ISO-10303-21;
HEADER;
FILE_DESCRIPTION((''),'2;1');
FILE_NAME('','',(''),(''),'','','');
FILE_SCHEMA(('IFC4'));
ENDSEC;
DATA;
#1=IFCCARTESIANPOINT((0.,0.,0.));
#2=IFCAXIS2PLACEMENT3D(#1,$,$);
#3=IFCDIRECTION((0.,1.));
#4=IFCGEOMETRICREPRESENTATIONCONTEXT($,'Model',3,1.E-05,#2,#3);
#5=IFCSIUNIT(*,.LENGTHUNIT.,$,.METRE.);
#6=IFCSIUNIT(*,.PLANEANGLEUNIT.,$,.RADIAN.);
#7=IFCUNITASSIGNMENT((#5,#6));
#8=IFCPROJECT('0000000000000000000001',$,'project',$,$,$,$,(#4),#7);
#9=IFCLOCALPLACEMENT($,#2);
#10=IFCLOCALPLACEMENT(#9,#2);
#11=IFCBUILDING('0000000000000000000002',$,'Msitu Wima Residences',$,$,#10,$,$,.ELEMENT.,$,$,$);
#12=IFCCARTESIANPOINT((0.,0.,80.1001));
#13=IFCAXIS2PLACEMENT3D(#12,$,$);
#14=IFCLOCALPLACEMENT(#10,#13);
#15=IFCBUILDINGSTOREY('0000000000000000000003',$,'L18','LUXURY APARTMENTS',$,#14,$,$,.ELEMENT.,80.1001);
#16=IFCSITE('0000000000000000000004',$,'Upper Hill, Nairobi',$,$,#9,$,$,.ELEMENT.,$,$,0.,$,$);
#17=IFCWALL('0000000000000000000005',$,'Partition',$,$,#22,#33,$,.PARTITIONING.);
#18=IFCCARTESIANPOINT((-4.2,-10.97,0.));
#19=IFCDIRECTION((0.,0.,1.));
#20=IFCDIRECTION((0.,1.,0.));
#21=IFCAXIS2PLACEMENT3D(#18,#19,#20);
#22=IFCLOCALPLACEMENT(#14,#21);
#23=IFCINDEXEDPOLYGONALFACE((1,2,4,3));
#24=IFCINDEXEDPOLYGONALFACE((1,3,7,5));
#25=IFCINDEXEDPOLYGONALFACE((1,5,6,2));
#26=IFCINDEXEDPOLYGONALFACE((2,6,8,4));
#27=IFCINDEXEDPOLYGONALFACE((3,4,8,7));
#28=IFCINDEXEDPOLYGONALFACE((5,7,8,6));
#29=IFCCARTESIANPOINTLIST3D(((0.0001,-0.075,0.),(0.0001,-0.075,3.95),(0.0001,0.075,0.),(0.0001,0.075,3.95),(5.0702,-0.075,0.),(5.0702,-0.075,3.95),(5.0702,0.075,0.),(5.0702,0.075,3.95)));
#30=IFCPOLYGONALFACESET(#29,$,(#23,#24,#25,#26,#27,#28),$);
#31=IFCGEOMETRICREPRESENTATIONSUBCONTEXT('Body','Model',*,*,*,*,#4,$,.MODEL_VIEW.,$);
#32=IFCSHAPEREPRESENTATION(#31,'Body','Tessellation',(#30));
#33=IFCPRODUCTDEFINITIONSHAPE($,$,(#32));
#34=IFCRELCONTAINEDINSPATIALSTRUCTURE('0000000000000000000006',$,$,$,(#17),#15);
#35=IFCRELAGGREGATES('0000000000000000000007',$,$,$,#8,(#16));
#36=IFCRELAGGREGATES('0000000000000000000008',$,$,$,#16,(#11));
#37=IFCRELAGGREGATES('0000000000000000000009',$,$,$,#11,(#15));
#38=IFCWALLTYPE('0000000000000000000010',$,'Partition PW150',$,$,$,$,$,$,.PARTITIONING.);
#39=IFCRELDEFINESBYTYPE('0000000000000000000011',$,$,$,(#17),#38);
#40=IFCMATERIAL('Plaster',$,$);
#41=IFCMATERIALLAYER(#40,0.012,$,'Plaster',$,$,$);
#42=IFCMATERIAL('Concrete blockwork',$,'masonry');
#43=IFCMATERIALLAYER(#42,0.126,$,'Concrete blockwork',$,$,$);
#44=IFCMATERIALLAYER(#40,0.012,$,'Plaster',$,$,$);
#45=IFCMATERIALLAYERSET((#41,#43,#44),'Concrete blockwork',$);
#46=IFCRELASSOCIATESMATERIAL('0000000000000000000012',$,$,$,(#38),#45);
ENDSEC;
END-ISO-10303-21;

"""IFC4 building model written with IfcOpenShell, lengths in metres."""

from ifc_helpers import new_model, si_unit, direction, frame, frame_2d, origin, place, context, subcontext, project, spatial, rectangle, extrude, material, layer, layer_set, type_object, element, save


model = new_model("IFC4")

# Units and contexts
model_context = context("Model", 3, precision=1e-05, world=origin(), true_north=direction((0.0, 1.0)))
body_context = subcontext(model_context, "Body", "Model", "MODEL_VIEW")
ifc_project = project(units=[si_unit("LENGTHUNIT", "METRE"), si_unit("PLANEANGLEUNIT", "RADIAN")], contexts=[model_context])

# Site, building, storey
site_placement = place(None, origin())
site = spatial("IfcSite", under=ifc_project, at=site_placement, Name="Upper Hill, Nairobi", CompositionType="ELEMENT", RefElevation=0.0)
building_placement = place(site_placement, origin())
building = spatial("IfcBuilding", under=site, at=building_placement, Name="Msitu Wima Residences", CompositionType="ELEMENT")
storey_placement = place(building_placement, frame((0.0, 0.0, 80.1001)))
storey = spatial("IfcBuildingStorey", under=building, at=storey_placement, Name="L18", Description="LUXURY APARTMENTS", CompositionType="ELEMENT", Elevation=80.1001)

# Wall
ifc_material_1 = material(Name="Plaster")
ifc_layer_1 = layer(ifc_material_1, 0.012, Name="Plaster")
ifc_material_2 = material(Name="Concrete blockwork", Category="masonry")
ifc_layer_2 = layer(ifc_material_2, 0.126, Name="Concrete blockwork")
ifc_layer_3 = layer(ifc_material_1, 0.012, Name="Plaster")
ifc_layer_set_1 = layer_set([ifc_layer_1, ifc_layer_2, ifc_layer_3], Name="Concrete blockwork")
wall_type_1 = type_object("IfcWallType", Name="Partition PW150", PredefinedType="PARTITIONING", material=ifc_layer_set_1)
wall_1_placement = place(storey_placement, frame((-4.2, -10.97, 0.0), z_axis=(0.0, 0.0, 1.0), x_axis=(0.0, 1.0, 0.0)))
element("IfcWall", 1, at=wall_1_placement, inside=storey, type_object=wall_type_1, Name="Partition", PredefinedType="PARTITIONING", context=body_context, shape_type="SweptSolid", body=[
    extrude(rectangle(XDim=5.0701, YDim=0.1499, at=frame_2d((2.5352, 0.0))), origin(), (0.0, 0.0, 1.0), 3.95),
])

save(model, "model.ifc")
